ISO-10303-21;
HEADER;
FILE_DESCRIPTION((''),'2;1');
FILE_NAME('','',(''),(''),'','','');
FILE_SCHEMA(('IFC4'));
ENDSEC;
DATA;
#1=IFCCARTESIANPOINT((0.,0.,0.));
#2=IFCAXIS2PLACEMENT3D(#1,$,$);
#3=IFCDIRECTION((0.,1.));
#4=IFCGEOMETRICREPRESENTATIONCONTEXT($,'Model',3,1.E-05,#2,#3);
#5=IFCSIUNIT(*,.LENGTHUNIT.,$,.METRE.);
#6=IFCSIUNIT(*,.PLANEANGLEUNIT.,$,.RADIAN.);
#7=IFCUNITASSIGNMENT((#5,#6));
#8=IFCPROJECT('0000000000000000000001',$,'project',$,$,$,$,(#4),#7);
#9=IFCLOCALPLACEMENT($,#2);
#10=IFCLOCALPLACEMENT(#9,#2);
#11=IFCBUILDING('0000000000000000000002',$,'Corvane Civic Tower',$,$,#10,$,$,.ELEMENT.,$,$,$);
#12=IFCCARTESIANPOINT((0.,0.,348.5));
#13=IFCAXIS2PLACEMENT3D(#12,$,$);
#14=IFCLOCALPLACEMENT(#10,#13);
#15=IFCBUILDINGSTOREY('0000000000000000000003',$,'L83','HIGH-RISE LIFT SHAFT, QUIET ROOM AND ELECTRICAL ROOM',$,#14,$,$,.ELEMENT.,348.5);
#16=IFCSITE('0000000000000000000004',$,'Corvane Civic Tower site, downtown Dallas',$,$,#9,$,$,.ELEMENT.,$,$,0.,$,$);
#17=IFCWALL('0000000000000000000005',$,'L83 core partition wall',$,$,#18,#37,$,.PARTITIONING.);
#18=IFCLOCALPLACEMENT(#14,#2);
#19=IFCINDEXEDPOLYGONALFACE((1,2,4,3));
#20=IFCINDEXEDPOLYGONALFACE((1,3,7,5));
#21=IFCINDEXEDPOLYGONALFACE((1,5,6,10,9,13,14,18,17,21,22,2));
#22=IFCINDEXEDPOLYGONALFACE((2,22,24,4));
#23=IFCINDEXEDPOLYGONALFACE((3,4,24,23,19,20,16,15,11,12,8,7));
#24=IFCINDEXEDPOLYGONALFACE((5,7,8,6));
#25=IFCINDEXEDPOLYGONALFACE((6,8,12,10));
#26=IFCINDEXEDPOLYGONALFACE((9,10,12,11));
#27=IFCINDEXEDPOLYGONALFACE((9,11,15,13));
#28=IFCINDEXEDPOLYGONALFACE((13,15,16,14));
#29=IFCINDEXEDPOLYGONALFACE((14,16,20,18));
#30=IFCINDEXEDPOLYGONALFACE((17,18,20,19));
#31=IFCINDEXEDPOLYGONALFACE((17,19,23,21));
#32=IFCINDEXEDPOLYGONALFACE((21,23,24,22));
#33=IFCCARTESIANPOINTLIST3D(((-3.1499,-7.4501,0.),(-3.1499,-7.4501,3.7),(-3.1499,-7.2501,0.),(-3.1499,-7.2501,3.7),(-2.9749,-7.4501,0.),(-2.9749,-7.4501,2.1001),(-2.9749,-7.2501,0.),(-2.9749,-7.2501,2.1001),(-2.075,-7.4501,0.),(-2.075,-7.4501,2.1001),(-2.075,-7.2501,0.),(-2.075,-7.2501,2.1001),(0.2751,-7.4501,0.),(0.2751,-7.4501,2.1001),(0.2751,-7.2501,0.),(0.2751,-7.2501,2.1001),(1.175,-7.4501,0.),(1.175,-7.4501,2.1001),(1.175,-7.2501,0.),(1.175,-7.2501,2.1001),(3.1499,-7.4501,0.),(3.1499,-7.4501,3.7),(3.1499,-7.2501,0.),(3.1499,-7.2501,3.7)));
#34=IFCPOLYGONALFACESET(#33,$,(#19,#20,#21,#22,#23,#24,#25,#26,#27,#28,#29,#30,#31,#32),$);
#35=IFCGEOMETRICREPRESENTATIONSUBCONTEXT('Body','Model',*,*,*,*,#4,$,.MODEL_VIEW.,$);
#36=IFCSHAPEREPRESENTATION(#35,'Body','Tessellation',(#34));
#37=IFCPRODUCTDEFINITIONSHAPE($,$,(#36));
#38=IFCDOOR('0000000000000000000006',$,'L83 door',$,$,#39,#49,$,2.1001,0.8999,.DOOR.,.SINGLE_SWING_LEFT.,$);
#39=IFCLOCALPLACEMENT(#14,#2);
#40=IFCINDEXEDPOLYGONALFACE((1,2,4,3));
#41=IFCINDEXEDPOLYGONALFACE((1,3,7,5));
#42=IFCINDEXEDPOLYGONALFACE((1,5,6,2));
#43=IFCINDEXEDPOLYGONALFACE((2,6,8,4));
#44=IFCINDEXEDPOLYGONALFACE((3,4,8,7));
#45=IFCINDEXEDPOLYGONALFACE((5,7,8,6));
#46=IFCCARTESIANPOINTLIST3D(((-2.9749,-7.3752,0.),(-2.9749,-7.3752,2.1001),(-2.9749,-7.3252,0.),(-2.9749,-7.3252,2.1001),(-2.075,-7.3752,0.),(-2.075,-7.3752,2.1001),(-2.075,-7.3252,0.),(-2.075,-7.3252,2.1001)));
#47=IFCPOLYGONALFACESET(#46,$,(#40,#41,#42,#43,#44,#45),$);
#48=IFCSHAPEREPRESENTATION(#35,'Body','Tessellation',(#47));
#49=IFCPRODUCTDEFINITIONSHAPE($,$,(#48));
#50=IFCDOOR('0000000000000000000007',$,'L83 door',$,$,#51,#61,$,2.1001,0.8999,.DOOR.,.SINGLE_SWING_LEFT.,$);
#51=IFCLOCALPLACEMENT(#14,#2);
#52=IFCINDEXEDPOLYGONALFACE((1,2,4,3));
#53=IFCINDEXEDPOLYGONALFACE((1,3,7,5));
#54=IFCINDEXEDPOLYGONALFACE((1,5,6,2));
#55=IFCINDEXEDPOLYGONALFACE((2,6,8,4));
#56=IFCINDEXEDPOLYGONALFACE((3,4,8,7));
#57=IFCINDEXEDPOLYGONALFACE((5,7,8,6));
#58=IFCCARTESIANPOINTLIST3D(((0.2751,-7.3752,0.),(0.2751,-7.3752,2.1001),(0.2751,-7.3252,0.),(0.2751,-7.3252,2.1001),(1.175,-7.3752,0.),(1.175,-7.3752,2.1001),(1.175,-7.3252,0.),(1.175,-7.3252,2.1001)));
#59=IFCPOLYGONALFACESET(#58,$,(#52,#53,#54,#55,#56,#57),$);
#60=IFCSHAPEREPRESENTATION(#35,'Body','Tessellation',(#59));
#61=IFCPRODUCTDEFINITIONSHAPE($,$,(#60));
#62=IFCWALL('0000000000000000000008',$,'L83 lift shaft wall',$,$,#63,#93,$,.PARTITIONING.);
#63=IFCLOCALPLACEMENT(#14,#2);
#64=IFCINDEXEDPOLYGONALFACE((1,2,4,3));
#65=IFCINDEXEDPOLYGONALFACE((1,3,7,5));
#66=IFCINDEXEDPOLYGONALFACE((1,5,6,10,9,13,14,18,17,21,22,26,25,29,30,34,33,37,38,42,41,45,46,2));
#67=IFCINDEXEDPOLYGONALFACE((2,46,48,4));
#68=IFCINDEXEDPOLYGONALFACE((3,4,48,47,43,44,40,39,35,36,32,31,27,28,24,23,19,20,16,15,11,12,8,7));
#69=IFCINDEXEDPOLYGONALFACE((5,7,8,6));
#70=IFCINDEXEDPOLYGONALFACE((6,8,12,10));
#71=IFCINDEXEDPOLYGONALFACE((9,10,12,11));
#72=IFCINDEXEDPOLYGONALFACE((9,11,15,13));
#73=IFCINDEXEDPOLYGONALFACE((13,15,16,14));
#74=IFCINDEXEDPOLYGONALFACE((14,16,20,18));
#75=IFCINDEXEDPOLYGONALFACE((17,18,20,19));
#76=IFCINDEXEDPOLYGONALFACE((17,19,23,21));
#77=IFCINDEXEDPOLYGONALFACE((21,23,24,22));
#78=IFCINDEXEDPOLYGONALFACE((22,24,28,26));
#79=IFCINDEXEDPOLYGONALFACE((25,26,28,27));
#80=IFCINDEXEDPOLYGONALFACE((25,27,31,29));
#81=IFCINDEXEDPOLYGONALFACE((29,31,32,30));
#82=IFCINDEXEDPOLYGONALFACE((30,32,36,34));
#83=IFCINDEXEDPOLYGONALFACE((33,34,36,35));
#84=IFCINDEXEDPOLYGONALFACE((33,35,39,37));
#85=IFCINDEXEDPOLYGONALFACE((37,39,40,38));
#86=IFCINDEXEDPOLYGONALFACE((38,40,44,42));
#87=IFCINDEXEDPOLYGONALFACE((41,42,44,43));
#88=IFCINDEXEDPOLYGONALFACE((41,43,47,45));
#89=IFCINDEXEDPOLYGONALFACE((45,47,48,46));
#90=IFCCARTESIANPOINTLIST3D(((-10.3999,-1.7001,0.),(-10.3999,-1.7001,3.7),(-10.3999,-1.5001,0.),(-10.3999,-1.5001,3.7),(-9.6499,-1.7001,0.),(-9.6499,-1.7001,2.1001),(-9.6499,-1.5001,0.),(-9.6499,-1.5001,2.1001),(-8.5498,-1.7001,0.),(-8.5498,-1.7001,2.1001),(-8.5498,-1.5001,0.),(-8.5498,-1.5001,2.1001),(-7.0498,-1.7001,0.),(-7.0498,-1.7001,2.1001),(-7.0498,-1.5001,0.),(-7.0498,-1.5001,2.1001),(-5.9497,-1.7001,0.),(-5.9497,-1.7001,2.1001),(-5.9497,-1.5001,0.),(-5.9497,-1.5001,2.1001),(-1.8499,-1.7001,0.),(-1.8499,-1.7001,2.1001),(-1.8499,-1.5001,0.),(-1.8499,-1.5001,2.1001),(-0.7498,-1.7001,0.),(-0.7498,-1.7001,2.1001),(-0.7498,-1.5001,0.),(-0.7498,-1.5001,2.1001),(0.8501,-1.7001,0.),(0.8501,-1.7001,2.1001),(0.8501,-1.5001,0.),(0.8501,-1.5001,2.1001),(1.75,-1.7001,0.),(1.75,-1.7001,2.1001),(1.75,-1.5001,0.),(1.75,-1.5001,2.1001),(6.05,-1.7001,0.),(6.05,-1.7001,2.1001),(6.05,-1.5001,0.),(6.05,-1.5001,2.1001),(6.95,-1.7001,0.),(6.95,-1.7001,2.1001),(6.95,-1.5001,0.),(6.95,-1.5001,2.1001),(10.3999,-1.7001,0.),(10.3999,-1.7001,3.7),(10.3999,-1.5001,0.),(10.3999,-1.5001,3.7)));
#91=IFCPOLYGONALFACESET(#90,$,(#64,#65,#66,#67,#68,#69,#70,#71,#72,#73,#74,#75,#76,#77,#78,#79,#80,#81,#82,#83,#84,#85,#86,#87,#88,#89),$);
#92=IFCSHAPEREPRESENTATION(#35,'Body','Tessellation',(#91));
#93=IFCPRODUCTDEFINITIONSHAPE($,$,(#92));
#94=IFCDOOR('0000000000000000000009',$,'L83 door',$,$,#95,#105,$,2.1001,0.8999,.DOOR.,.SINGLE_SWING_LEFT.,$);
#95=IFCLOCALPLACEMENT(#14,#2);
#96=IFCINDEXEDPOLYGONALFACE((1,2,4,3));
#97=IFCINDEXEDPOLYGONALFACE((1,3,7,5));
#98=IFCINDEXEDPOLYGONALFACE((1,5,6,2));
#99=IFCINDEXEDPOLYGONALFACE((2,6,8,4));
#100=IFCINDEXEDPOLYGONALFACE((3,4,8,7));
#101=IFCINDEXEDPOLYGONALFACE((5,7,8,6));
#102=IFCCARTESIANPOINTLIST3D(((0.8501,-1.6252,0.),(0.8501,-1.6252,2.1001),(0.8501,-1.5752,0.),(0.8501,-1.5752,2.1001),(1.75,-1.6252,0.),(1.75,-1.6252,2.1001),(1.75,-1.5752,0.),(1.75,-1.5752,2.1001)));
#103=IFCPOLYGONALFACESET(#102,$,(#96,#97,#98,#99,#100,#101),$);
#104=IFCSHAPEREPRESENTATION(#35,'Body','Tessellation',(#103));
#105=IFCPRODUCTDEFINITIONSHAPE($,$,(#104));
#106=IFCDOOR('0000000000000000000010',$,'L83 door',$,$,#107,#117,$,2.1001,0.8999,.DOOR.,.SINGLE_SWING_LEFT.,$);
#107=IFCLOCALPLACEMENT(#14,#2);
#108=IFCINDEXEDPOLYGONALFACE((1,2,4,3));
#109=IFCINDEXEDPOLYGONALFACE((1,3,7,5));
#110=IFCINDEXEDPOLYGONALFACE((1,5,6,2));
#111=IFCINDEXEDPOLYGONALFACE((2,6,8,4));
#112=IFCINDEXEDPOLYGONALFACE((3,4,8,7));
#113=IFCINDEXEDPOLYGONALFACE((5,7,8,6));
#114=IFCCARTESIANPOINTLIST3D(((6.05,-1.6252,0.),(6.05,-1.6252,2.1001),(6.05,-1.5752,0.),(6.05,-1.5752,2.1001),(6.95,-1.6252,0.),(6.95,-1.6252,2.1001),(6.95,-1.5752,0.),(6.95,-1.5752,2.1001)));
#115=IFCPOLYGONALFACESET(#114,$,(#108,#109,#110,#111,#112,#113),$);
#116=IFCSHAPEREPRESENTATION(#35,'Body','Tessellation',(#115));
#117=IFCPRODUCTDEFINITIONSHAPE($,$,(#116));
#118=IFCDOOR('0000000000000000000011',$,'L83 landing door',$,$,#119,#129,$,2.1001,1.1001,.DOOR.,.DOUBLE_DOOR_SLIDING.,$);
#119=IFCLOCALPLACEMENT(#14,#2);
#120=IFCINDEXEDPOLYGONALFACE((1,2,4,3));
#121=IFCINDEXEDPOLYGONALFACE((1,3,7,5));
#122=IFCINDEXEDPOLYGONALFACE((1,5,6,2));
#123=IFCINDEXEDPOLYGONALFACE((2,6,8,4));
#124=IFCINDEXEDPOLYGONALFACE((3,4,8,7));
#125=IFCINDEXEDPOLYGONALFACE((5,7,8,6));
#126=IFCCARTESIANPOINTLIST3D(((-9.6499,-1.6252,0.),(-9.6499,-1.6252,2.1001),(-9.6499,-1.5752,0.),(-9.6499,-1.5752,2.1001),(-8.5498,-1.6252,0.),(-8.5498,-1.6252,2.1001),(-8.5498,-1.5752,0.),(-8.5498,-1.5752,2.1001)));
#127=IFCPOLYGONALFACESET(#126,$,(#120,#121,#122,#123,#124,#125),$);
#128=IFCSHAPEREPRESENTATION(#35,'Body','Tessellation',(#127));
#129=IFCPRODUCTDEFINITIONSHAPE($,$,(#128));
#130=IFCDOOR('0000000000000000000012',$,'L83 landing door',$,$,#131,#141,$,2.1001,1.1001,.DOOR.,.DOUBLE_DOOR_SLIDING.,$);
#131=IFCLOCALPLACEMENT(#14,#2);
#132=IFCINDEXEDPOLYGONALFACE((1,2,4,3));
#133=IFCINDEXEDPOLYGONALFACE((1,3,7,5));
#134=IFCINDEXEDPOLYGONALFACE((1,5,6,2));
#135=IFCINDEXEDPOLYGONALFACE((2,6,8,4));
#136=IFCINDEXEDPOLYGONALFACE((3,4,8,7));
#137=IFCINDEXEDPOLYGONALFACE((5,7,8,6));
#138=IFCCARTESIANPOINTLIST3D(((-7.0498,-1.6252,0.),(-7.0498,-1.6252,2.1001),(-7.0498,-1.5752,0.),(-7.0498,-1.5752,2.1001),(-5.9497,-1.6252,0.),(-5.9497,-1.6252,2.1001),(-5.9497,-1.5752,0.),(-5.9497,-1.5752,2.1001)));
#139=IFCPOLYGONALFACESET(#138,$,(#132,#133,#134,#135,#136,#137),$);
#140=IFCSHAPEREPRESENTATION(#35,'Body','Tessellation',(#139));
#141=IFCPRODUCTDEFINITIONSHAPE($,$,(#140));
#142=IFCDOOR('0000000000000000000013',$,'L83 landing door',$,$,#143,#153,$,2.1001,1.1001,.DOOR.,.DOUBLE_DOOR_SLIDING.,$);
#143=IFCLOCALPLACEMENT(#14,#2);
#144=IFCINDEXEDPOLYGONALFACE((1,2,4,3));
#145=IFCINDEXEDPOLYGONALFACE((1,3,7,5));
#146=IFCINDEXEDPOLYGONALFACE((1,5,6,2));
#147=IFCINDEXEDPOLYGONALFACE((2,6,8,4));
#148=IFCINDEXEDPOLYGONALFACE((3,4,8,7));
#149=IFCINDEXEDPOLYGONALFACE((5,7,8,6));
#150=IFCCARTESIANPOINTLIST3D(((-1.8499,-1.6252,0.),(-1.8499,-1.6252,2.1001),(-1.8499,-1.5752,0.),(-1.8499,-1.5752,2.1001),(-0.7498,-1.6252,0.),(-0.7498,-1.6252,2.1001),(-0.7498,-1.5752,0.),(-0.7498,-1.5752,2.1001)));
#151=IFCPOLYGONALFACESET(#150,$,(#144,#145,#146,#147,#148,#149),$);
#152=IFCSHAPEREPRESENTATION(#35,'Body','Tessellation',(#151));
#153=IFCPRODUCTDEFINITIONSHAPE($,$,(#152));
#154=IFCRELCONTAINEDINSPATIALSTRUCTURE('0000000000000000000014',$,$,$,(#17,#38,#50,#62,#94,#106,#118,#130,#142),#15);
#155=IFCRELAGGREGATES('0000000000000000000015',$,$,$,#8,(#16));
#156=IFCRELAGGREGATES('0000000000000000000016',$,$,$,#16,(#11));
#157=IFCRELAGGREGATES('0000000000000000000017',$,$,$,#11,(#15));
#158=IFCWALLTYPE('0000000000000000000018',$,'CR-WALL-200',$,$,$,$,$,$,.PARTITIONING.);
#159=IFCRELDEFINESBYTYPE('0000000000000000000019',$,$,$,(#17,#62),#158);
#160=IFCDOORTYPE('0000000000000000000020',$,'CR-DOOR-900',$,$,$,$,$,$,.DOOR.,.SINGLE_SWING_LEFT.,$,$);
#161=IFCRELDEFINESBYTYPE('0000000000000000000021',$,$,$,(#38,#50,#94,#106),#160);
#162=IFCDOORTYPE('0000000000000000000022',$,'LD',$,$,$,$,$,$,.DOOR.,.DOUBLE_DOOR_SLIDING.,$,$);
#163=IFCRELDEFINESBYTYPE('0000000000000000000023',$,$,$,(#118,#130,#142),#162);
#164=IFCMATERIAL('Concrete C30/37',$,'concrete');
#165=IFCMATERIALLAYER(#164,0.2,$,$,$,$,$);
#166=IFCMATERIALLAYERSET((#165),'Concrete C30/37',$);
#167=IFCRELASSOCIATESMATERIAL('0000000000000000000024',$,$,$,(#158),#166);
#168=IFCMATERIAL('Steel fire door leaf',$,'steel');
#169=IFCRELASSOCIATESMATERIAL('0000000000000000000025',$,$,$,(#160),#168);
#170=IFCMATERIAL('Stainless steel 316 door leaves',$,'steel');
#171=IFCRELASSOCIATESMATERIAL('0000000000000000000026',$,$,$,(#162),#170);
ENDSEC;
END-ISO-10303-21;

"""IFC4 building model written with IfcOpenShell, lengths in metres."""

from ifc_helpers import new_model, si_unit, direction, frame, frame_2d, origin, place, context, subcontext, project, spatial, rectangle, extrude, material, layer, layer_set, type_object, element, fill, save


model = new_model("IFC4")

# Units and contexts
model_context = context("Model", 3, precision=1e-05, world=origin(), true_north=direction((0.0, 1.0)))
body_context = subcontext(model_context, "Body", "Model", "MODEL_VIEW")
ifc_project = project(units=[si_unit("LENGTHUNIT", "METRE"), si_unit("PLANEANGLEUNIT", "RADIAN")], contexts=[model_context])

# Site, building, storey
site_placement = place(None, origin())
site = spatial("IfcSite", under=ifc_project, at=site_placement, Name="Corvane Civic Tower site, downtown Dallas", CompositionType="ELEMENT", RefElevation=0.0)
building_placement = place(site_placement, origin())
building = spatial("IfcBuilding", under=site, at=building_placement, Name="Corvane Civic Tower", CompositionType="ELEMENT")
storey_placement = place(building_placement, frame((0.0, 0.0, 348.5)))
storey = spatial("IfcBuildingStorey", under=building, at=storey_placement, Name="L83", Description="HIGH-RISE LIFT SHAFT, QUIET ROOM AND ELECTRICAL ROOM", CompositionType="ELEMENT", Elevation=348.5)

# Walls, openings, doors
ifc_material_1 = material(Name="Concrete C30/37", Category="concrete")
ifc_layer_1 = layer(ifc_material_1, 0.2)
ifc_layer_set_1 = layer_set([ifc_layer_1], Name="Concrete C30/37")
wall_type_1 = type_object("IfcWallType", Name="CR-WALL-200", PredefinedType="PARTITIONING", material=ifc_layer_set_1)
wall_1_placement = place(storey_placement, frame((-3.1499, -7.3501, 0.0), z_axis=(0.0, 0.0, 1.0), x_axis=(1.0, 0.0, 0.0)))
wall_1 = element("IfcWall", 1, at=wall_1_placement, inside=storey, type_object=wall_type_1, Name="L83 core partition wall", PredefinedType="PARTITIONING", context=body_context, shape_type="SweptSolid", body=[
    extrude(rectangle(XDim=6.2998, YDim=0.2, at=frame_2d((3.1499, 0.0))), origin(), (0.0, 0.0, 1.0), 3.7),
])
opening_1_placement = place(wall_1_placement, frame((0.175, 0.0, 0.0)))
opening_1 = element("IfcOpeningElement", 2, at=opening_1_placement, cuts=wall_1, PredefinedType="OPENING", context=body_context, shape_type="SweptSolid", body=[
    extrude(rectangle(XDim=0.8999, YDim=2.1001, at=frame_2d((0.45, 1.05))), frame((0.0, 0.1099, 0.0), z_axis=(0.0, -1.0, 0.0), x_axis=(1.0, 0.0, 0.0)), (0.0, 0.0, 1.0), 0.22),
])
opening_2_placement = place(wall_1_placement, frame((3.425, 0.0, 0.0)))
opening_2 = element("IfcOpeningElement", 3, at=opening_2_placement, cuts=wall_1, PredefinedType="OPENING", context=body_context, shape_type="SweptSolid", body=[
    extrude(rectangle(XDim=0.8999, YDim=2.1001, at=frame_2d((0.45, 1.05))), frame((0.0, 0.1099, 0.0), z_axis=(0.0, -1.0, 0.0), x_axis=(1.0, 0.0, 0.0)), (0.0, 0.0, 1.0), 0.22),
])
ifc_material_2 = material(Name="Steel fire door leaf", Category="steel")
door_type_1 = type_object("IfcDoorType", Name="CR-DOOR-900", OperationType="SINGLE_SWING_LEFT", PredefinedType="DOOR", material=ifc_material_2)
door_1_placement = place(opening_1_placement, origin())
door_1 = element("IfcDoor", 4, at=door_1_placement, inside=storey, type_object=door_type_1, Name="L83 door", OperationType="SINGLE_SWING_LEFT", OverallHeight=2.1001, OverallWidth=0.8999, PredefinedType="DOOR", context=body_context, shape_type="SweptSolid", body=[
    extrude(rectangle(XDim=0.8999, YDim=2.1001, at=frame_2d((0.45, 1.05))), frame((0.0, 0.0249, 0.0), z_axis=(0.0, -1.0, 0.0), x_axis=(1.0, 0.0, 0.0)), (0.0, 0.0, 1.0), 0.05),
])
fill(opening_1, door_1)
door_2_placement = place(opening_2_placement, origin())
door_2 = element("IfcDoor", 5, at=door_2_placement, inside=storey, type_object=door_type_1, Name="L83 door", OperationType="SINGLE_SWING_LEFT", OverallHeight=2.1001, OverallWidth=0.8999, PredefinedType="DOOR", context=body_context, shape_type="SweptSolid", body=[
    extrude(rectangle(XDim=0.8999, YDim=2.1001, at=frame_2d((0.45, 1.05))), frame((0.0, 0.0249, 0.0), z_axis=(0.0, -1.0, 0.0), x_axis=(1.0, 0.0, 0.0)), (0.0, 0.0, 1.0), 0.05),
])
fill(opening_2, door_2)
wall_2_placement = place(storey_placement, frame((-10.3999, -1.6001, 0.0), z_axis=(0.0, 0.0, 1.0), x_axis=(1.0, 0.0, 0.0)))
wall_2 = element("IfcWall", 6, at=wall_2_placement, inside=storey, type_object=wall_type_1, Name="L83 lift shaft wall", PredefinedType="PARTITIONING", context=body_context, shape_type="SweptSolid", body=[
    extrude(rectangle(XDim=20.7998, YDim=0.2, at=frame_2d((10.3999, 0.0))), origin(), (0.0, 0.0, 1.0), 3.7),
])
opening_3_placement = place(wall_2_placement, frame((0.75, 0.0, 0.0)))
opening_3 = element("IfcOpeningElement", 7, at=opening_3_placement, cuts=wall_2, PredefinedType="OPENING", context=body_context, shape_type="SweptSolid", body=[
    extrude(rectangle(XDim=1.1001, YDim=2.1001, at=frame_2d((0.55, 1.05))), frame((0.0, 0.1099, 0.0), z_axis=(0.0, -1.0, 0.0), x_axis=(1.0, 0.0, 0.0)), (0.0, 0.0, 1.0), 0.22),
])
opening_4_placement = place(wall_2_placement, frame((3.3501, 0.0, 0.0)))
opening_4 = element("IfcOpeningElement", 8, at=opening_4_placement, cuts=wall_2, PredefinedType="OPENING", context=body_context, shape_type="SweptSolid", body=[
    extrude(rectangle(XDim=1.1001, YDim=2.1001, at=frame_2d((0.55, 1.05))), frame((0.0, 0.1099, 0.0), z_axis=(0.0, -1.0, 0.0), x_axis=(1.0, 0.0, 0.0)), (0.0, 0.0, 1.0), 0.22),
])
opening_5_placement = place(wall_2_placement, frame((8.55, 0.0, 0.0)))
opening_5 = element("IfcOpeningElement", 9, at=opening_5_placement, cuts=wall_2, PredefinedType="OPENING", context=body_context, shape_type="SweptSolid", body=[
    extrude(rectangle(XDim=1.1001, YDim=2.1001, at=frame_2d((0.55, 1.05))), frame((0.0, 0.1099, 0.0), z_axis=(0.0, -1.0, 0.0), x_axis=(1.0, 0.0, 0.0)), (0.0, 0.0, 1.0), 0.22),
])
opening_6_placement = place(wall_2_placement, frame((11.25, 0.0, 0.0)))
opening_6 = element("IfcOpeningElement", 10, at=opening_6_placement, cuts=wall_2, PredefinedType="OPENING", context=body_context, shape_type="SweptSolid", body=[
    extrude(rectangle(XDim=0.8999, YDim=2.1001, at=frame_2d((0.45, 1.05))), frame((0.0, 0.1099, 0.0), z_axis=(0.0, -1.0, 0.0), x_axis=(1.0, 0.0, 0.0)), (0.0, 0.0, 1.0), 0.22),
])
opening_7_placement = place(wall_2_placement, frame((16.45, 0.0, 0.0)))
opening_7 = element("IfcOpeningElement", 11, at=opening_7_placement, cuts=wall_2, PredefinedType="OPENING", context=body_context, shape_type="SweptSolid", body=[
    extrude(rectangle(XDim=0.8999, YDim=2.1001, at=frame_2d((0.45, 1.05))), frame((0.0, 0.1099, 0.0), z_axis=(0.0, -1.0, 0.0), x_axis=(1.0, 0.0, 0.0)), (0.0, 0.0, 1.0), 0.22),
])
door_3_placement = place(opening_6_placement, origin())
door_3 = element("IfcDoor", 12, at=door_3_placement, inside=storey, type_object=door_type_1, Name="L83 door", OperationType="SINGLE_SWING_LEFT", OverallHeight=2.1001, OverallWidth=0.8999, PredefinedType="DOOR", context=body_context, shape_type="SweptSolid", body=[
    extrude(rectangle(XDim=0.8999, YDim=2.1001, at=frame_2d((0.45, 1.05))), frame((0.0, 0.0249, 0.0), z_axis=(0.0, -1.0, 0.0), x_axis=(1.0, 0.0, 0.0)), (0.0, 0.0, 1.0), 0.05),
])
fill(opening_6, door_3)
door_4_placement = place(opening_7_placement, origin())
door_4 = element("IfcDoor", 13, at=door_4_placement, inside=storey, type_object=door_type_1, Name="L83 door", OperationType="SINGLE_SWING_LEFT", OverallHeight=2.1001, OverallWidth=0.8999, PredefinedType="DOOR", context=body_context, shape_type="SweptSolid", body=[
    extrude(rectangle(XDim=0.8999, YDim=2.1001, at=frame_2d((0.45, 1.05))), frame((0.0, 0.0249, 0.0), z_axis=(0.0, -1.0, 0.0), x_axis=(1.0, 0.0, 0.0)), (0.0, 0.0, 1.0), 0.05),
])
fill(opening_7, door_4)
ifc_material_3 = material(Name="Stainless steel 316 door leaves", Category="steel")
door_type_2 = type_object("IfcDoorType", Name="LD", OperationType="DOUBLE_DOOR_SLIDING", PredefinedType="DOOR", material=ifc_material_3)
door_5_placement = place(opening_3_placement, origin())
door_5 = element("IfcDoor", 14, at=door_5_placement, inside=storey, type_object=door_type_2, Name="L83 landing door", OperationType="DOUBLE_DOOR_SLIDING", OverallHeight=2.1001, OverallWidth=1.1001, PredefinedType="DOOR", context=body_context, shape_type="SweptSolid", body=[
    extrude(rectangle(XDim=1.1001, YDim=2.1001, at=frame_2d((0.55, 1.05))), frame((0.0, 0.0249, 0.0), z_axis=(0.0, -1.0, 0.0), x_axis=(1.0, 0.0, 0.0)), (0.0, 0.0, 1.0), 0.05),
])
fill(opening_3, door_5)
door_6_placement = place(opening_4_placement, origin())
door_6 = element("IfcDoor", 15, at=door_6_placement, inside=storey, type_object=door_type_2, Name="L83 landing door", OperationType="DOUBLE_DOOR_SLIDING", OverallHeight=2.1001, OverallWidth=1.1001, PredefinedType="DOOR", context=body_context, shape_type="SweptSolid", body=[
    extrude(rectangle(XDim=1.1001, YDim=2.1001, at=frame_2d((0.55, 1.05))), frame((0.0, 0.0249, 0.0), z_axis=(0.0, -1.0, 0.0), x_axis=(1.0, 0.0, 0.0)), (0.0, 0.0, 1.0), 0.05),
])
fill(opening_4, door_6)
door_7_placement = place(opening_5_placement, origin())
door_7 = element("IfcDoor", 16, at=door_7_placement, inside=storey, type_object=door_type_2, Name="L83 landing door", OperationType="DOUBLE_DOOR_SLIDING", OverallHeight=2.1001, OverallWidth=1.1001, PredefinedType="DOOR", context=body_context, shape_type="SweptSolid", body=[
    extrude(rectangle(XDim=1.1001, YDim=2.1001, at=frame_2d((0.55, 1.05))), frame((0.0, 0.0249, 0.0), z_axis=(0.0, -1.0, 0.0), x_axis=(1.0, 0.0, 0.0)), (0.0, 0.0, 1.0), 0.05),
])
fill(opening_5, door_7)

save(model, "model.ifc")
